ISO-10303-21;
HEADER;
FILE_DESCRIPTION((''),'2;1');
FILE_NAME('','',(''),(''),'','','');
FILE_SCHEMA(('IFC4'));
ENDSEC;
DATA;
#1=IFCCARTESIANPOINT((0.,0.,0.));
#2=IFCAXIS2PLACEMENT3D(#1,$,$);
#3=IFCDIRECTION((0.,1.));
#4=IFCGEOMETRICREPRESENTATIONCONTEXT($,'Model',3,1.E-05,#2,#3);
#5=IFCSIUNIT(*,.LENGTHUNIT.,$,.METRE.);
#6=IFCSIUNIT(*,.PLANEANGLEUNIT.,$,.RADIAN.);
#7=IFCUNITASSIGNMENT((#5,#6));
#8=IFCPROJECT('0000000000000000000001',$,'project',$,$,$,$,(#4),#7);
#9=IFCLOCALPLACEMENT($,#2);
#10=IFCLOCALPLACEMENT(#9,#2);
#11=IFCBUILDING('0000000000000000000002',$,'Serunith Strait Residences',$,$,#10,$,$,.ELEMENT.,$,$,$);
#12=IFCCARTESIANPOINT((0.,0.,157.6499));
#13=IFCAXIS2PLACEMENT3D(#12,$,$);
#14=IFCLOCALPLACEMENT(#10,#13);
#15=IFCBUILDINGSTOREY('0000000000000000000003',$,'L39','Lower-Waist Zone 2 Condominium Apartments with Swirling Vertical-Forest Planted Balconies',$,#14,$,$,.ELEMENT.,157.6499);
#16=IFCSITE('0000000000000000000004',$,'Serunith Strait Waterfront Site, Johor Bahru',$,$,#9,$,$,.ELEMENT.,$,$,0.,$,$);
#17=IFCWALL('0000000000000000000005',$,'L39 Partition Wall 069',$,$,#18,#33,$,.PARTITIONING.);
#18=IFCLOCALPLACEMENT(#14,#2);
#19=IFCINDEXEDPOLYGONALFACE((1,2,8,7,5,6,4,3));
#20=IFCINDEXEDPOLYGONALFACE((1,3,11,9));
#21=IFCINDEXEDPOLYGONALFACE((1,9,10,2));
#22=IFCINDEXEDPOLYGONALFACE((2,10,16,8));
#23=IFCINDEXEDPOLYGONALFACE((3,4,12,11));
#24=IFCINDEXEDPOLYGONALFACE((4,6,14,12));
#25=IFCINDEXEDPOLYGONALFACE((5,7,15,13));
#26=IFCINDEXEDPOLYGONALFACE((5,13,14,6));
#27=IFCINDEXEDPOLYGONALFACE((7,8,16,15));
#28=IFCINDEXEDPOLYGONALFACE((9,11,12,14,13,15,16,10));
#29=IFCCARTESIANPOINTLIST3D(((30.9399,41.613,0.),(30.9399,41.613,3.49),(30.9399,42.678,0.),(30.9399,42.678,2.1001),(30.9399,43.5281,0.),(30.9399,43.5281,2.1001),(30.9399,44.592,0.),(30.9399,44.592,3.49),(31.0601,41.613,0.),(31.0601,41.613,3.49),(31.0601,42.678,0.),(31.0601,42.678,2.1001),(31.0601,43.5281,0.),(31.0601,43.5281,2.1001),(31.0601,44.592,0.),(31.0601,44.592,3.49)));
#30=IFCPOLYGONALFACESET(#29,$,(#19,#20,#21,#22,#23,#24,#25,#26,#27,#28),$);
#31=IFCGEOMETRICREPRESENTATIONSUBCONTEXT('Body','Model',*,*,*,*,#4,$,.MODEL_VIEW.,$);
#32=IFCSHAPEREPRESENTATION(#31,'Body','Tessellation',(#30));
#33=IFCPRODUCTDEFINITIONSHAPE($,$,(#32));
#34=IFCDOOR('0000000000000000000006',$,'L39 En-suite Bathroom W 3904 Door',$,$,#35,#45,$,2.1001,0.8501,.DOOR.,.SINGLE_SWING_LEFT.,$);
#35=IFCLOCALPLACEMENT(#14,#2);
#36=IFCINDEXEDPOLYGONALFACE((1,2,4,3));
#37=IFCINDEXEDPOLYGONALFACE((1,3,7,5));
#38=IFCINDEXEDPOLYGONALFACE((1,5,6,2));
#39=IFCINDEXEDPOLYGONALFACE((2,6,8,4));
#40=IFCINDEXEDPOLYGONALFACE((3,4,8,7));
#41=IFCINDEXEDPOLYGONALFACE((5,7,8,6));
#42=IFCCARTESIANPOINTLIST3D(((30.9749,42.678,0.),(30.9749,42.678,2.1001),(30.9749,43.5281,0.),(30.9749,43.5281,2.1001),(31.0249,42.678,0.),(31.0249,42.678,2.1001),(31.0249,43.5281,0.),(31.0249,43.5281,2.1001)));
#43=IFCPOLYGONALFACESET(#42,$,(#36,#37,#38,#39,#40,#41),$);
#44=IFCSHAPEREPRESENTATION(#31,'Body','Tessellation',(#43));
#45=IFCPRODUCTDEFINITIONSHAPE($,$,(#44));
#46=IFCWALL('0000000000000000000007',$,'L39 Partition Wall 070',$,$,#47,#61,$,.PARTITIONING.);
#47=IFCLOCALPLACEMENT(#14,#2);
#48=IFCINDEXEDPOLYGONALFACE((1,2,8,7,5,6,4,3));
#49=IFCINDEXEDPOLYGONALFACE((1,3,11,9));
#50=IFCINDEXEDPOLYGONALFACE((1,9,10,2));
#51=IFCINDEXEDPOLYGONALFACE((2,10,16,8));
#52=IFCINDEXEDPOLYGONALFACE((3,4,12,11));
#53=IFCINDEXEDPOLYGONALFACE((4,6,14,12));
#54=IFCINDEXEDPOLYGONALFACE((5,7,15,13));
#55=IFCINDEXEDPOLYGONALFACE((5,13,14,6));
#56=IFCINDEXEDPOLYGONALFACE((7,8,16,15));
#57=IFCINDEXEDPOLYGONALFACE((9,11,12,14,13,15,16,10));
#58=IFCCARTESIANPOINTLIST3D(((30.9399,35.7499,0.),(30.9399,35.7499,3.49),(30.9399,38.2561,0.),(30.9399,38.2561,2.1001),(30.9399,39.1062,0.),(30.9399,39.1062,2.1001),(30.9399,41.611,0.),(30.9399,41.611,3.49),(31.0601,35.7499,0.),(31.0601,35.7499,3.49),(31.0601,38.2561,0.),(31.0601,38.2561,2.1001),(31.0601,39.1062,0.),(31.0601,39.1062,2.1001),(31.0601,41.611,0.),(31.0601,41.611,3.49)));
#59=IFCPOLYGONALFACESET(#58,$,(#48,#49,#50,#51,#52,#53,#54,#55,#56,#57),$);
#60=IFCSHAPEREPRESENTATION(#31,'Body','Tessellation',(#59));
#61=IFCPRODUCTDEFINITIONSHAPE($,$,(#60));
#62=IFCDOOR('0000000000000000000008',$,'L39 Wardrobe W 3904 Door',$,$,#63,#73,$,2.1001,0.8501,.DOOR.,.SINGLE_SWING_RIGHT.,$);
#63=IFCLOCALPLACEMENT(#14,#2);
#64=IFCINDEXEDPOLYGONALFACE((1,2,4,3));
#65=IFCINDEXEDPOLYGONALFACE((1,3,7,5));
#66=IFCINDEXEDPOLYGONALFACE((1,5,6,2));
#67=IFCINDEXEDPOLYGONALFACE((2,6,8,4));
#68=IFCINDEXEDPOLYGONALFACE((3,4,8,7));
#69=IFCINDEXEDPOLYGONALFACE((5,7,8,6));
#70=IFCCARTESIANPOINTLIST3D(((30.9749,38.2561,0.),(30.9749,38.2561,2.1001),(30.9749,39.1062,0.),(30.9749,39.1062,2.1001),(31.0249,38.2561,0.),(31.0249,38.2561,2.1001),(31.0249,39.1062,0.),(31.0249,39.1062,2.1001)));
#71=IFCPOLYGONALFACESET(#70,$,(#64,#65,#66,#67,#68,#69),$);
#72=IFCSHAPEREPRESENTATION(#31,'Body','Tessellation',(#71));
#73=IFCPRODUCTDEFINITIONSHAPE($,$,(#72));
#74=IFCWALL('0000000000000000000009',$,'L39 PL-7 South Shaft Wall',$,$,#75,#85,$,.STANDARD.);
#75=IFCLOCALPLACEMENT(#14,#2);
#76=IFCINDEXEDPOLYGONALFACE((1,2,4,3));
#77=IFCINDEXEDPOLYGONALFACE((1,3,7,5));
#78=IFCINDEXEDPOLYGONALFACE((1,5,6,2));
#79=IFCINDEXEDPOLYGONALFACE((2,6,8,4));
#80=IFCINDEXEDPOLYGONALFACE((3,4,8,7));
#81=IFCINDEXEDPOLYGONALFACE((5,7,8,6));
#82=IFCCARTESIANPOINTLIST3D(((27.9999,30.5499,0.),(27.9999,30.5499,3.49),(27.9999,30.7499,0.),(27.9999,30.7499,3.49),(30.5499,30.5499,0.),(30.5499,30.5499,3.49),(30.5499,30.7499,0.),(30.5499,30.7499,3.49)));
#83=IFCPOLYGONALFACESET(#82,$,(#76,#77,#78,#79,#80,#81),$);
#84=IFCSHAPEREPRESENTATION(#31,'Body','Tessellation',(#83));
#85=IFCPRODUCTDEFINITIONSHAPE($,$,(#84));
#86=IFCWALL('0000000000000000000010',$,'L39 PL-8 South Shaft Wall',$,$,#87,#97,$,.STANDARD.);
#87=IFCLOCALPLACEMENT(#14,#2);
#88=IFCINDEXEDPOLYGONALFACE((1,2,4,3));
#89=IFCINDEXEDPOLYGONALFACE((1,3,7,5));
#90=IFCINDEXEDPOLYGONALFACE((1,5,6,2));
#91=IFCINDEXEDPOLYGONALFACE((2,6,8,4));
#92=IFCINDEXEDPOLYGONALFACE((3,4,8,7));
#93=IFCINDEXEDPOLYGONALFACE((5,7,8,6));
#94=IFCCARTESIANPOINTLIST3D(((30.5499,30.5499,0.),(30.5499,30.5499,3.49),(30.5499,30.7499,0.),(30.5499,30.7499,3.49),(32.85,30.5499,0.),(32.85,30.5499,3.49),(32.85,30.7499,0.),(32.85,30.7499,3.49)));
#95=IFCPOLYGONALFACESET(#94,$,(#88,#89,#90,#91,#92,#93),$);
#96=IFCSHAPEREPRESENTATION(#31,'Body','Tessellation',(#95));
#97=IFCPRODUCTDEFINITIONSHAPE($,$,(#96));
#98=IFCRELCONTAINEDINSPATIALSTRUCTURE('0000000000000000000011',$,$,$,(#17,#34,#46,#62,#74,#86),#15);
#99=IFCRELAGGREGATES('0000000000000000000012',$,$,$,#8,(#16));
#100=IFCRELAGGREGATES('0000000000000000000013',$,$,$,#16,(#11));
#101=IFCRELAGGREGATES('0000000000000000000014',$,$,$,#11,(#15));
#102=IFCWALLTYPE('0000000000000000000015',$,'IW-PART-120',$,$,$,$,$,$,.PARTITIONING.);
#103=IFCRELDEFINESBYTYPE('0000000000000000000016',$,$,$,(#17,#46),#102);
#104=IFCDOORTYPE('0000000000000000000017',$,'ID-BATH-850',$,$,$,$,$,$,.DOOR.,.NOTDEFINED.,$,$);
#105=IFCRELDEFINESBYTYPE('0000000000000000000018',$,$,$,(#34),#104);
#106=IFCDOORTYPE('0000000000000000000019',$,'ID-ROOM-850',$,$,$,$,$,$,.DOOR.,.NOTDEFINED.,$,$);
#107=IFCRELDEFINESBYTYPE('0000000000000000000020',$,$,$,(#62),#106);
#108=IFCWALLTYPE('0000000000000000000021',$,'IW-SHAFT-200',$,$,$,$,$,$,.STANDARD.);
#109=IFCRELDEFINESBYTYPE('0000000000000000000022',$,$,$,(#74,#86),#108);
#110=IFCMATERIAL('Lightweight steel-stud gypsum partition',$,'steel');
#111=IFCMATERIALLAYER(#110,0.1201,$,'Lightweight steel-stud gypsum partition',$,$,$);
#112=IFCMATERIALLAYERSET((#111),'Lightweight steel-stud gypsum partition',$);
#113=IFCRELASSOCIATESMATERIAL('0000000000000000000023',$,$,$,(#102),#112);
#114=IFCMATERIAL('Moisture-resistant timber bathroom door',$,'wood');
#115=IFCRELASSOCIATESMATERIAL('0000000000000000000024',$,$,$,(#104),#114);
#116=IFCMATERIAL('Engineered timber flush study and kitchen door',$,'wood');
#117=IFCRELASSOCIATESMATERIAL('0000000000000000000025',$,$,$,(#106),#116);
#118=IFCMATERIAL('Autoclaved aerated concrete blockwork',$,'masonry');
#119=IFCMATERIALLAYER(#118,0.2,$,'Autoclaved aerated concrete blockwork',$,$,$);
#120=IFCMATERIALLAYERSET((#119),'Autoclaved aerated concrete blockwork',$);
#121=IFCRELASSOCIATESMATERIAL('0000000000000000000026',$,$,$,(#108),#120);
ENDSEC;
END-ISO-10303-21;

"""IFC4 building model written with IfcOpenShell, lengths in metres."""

from ifc_helpers import new_model, si_unit, direction, frame, frame_2d, origin, place, context, subcontext, project, spatial, rectangle, extrude, source, transform, mapped, material, layer, layer_set, type_object, element, fill, save


model = new_model("IFC4")

# Units and contexts
model_context = context("Model", 3, precision=1e-05, world=origin(), true_north=direction((0.0, 1.0)))
body_context = subcontext(model_context, "Body", "Model", "MODEL_VIEW")
ifc_project = project(units=[si_unit("LENGTHUNIT", "METRE"), si_unit("PLANEANGLEUNIT", "RADIAN")], contexts=[model_context])

# Site, building, storey
site_placement = place(None, origin())
site = spatial("IfcSite", under=ifc_project, at=site_placement, Name="Serunith Strait Waterfront Site, Johor Bahru", CompositionType="ELEMENT", RefElevation=0.0)
building_placement = place(site_placement, origin())
building = spatial("IfcBuilding", under=site, at=building_placement, Name="Serunith Strait Residences", CompositionType="ELEMENT")
storey_placement = place(building_placement, frame((0.0, 0.0, 157.6499)))
storey = spatial("IfcBuildingStorey", under=building, at=storey_placement, Name="L39", Description="Lower-Waist Zone 2 Condominium Apartments with Swirling Vertical-Forest Planted Balconies", CompositionType="ELEMENT", Elevation=157.6499)

# Shared definitions
ifc_material_1 = material(Name="Lightweight steel-stud gypsum partition", Category="steel")
ifc_layer_1 = layer(ifc_material_1, 0.1201, Name="Lightweight steel-stud gypsum partition")
ifc_layer_set_1 = layer_set([ifc_layer_1], Name="Lightweight steel-stud gypsum partition")
wall_type_1 = type_object("IfcWallType", Name="IW-PART-120", PredefinedType="PARTITIONING", material=ifc_layer_set_1)

# Walls, openings, doors
wall_1_placement = place(storey_placement, frame((31.0, 44.592, 0.0), z_axis=(0.0, 0.0, 1.0), x_axis=(0.0, -1.0, 0.0)))
wall_1 = element("IfcWall", 1, at=wall_1_placement, inside=storey, type_object=wall_type_1, Name="L39 Partition Wall 069", PredefinedType="PARTITIONING", context=body_context, shape_type="SweptSolid", body=[
    extrude(rectangle(XDim=2.979, YDim=0.1201, at=frame_2d((1.4895, 0.0))), origin(), (0.0, 0.0, 1.0), 3.49),
])
opening_1_placement = place(wall_1_placement, frame((1.064, 0.0, 0.0)))
opening_1 = element("IfcOpeningElement", 2, at=opening_1_placement, cuts=wall_1, PredefinedType="OPENING", context=body_context, shape_type="SweptSolid", body=[
    extrude(rectangle(XDim=0.8501, YDim=2.1001, at=frame_2d((0.425, 1.05))), frame((0.0, 0.0701, 0.0), z_axis=(0.0, -1.0, 0.0), x_axis=(1.0, 0.0, 0.0)), (0.0, 0.0, 1.0), 0.1401),
])
ifc_material_2 = material(Name="Moisture-resistant timber bathroom door", Category="wood")
door_type_1 = type_object("IfcDoorType", Name="ID-BATH-850", OperationType="NOTDEFINED", PredefinedType="DOOR", material=ifc_material_2)
shared_shape_1 = source(origin(), body_context, "Body", "SweptSolid", [
    extrude(rectangle(XDim=0.8501, YDim=2.1001, at=frame_2d((0.425, 1.05))), frame((0.0, 0.0249, 0.0), z_axis=(0.0, -1.0, 0.0), x_axis=(1.0, 0.0, 0.0)), (0.0, 0.0, 1.0), 0.05),
])
door_1_placement = place(opening_1_placement, origin())
door_1 = element("IfcDoor", 3, at=door_1_placement, inside=storey, type_object=door_type_1, Name="L39 En-suite Bathroom W 3904 Door", OperationType="SINGLE_SWING_LEFT", OverallHeight=2.1001, OverallWidth=0.8501, PredefinedType="DOOR", context=body_context, shape_type="MappedRepresentation", body=[
    mapped(shared_shape_1, transform((0.0, 0.0, 0.0), scale=1.0)),
])
fill(opening_1, door_1)
wall_2_placement = place(storey_placement, frame((31.0, 41.6111, 0.0), z_axis=(0.0, 0.0, 1.0), x_axis=(0.0, -1.0, 0.0)))
wall_2 = element("IfcWall", 4, at=wall_2_placement, inside=storey, type_object=wall_type_1, Name="L39 Partition Wall 070", PredefinedType="PARTITIONING", context=body_context, shape_type="SweptSolid", body=[
    extrude(rectangle(XDim=5.8611, YDim=0.1201, at=frame_2d((2.9307, 0.0))), origin(), (0.0, 0.0, 1.0), 3.49),
])
opening_2_placement = place(wall_2_placement, frame((2.5049, 0.0, 0.0)))
opening_2 = element("IfcOpeningElement", 5, at=opening_2_placement, cuts=wall_2, PredefinedType="OPENING", context=body_context, shape_type="SweptSolid", body=[
    extrude(rectangle(XDim=0.8501, YDim=2.1001, at=frame_2d((0.425, 1.05))), frame((0.0, 0.0701, 0.0), z_axis=(0.0, -1.0, 0.0), x_axis=(1.0, 0.0, 0.0)), (0.0, 0.0, 1.0), 0.1401),
])
ifc_material_3 = material(Name="Engineered timber flush study and kitchen door", Category="wood")
door_type_2 = type_object("IfcDoorType", Name="ID-ROOM-850", OperationType="NOTDEFINED", PredefinedType="DOOR", material=ifc_material_3)
door_2_placement = place(opening_2_placement, origin())
door_2 = element("IfcDoor", 6, at=door_2_placement, inside=storey, type_object=door_type_2, Name="L39 Wardrobe W 3904 Door", OperationType="SINGLE_SWING_RIGHT", OverallHeight=2.1001, OverallWidth=0.8501, PredefinedType="DOOR", context=body_context, shape_type="MappedRepresentation", body=[
    mapped(shared_shape_1, transform((0.0, 0.0, 0.0), scale=1.0)),
])
fill(opening_2, door_2)

# Walls
ifc_material_4 = material(Name="Autoclaved aerated concrete blockwork", Category="masonry")
ifc_layer_2 = layer(ifc_material_4, 0.2, Name="Autoclaved aerated concrete blockwork")
ifc_layer_set_2 = layer_set([ifc_layer_2], Name="Autoclaved aerated concrete blockwork")
wall_type_2 = type_object("IfcWallType", Name="IW-SHAFT-200", PredefinedType="STANDARD", material=ifc_layer_set_2)
wall_3_placement = place(storey_placement, frame((28.0, 30.6499, 0.0), z_axis=(0.0, 0.0, 1.0), x_axis=(1.0, 0.0, 0.0)))
element("IfcWall", 7, at=wall_3_placement, inside=storey, type_object=wall_type_2, Name="L39 PL-7 South Shaft Wall", PredefinedType="STANDARD", context=body_context, shape_type="SweptSolid", body=[
    extrude(rectangle(XDim=2.55, YDim=0.2, at=frame_2d((1.2749, 0.0))), origin(), (0.0, 0.0, 1.0), 3.49),
])
wall_4_placement = place(storey_placement, frame((30.55, 30.6499, 0.0), z_axis=(0.0, 0.0, 1.0), x_axis=(1.0, 0.0, 0.0)))
element("IfcWall", 8, at=wall_4_placement, inside=storey, type_object=wall_type_2, Name="L39 PL-8 South Shaft Wall", PredefinedType="STANDARD", context=body_context, shape_type="SweptSolid", body=[
    extrude(rectangle(XDim=2.3, YDim=0.2, at=frame_2d((1.1499, 0.0))), origin(), (0.0, 0.0, 1.0), 3.49),
])

save(model, "model.ifc")
